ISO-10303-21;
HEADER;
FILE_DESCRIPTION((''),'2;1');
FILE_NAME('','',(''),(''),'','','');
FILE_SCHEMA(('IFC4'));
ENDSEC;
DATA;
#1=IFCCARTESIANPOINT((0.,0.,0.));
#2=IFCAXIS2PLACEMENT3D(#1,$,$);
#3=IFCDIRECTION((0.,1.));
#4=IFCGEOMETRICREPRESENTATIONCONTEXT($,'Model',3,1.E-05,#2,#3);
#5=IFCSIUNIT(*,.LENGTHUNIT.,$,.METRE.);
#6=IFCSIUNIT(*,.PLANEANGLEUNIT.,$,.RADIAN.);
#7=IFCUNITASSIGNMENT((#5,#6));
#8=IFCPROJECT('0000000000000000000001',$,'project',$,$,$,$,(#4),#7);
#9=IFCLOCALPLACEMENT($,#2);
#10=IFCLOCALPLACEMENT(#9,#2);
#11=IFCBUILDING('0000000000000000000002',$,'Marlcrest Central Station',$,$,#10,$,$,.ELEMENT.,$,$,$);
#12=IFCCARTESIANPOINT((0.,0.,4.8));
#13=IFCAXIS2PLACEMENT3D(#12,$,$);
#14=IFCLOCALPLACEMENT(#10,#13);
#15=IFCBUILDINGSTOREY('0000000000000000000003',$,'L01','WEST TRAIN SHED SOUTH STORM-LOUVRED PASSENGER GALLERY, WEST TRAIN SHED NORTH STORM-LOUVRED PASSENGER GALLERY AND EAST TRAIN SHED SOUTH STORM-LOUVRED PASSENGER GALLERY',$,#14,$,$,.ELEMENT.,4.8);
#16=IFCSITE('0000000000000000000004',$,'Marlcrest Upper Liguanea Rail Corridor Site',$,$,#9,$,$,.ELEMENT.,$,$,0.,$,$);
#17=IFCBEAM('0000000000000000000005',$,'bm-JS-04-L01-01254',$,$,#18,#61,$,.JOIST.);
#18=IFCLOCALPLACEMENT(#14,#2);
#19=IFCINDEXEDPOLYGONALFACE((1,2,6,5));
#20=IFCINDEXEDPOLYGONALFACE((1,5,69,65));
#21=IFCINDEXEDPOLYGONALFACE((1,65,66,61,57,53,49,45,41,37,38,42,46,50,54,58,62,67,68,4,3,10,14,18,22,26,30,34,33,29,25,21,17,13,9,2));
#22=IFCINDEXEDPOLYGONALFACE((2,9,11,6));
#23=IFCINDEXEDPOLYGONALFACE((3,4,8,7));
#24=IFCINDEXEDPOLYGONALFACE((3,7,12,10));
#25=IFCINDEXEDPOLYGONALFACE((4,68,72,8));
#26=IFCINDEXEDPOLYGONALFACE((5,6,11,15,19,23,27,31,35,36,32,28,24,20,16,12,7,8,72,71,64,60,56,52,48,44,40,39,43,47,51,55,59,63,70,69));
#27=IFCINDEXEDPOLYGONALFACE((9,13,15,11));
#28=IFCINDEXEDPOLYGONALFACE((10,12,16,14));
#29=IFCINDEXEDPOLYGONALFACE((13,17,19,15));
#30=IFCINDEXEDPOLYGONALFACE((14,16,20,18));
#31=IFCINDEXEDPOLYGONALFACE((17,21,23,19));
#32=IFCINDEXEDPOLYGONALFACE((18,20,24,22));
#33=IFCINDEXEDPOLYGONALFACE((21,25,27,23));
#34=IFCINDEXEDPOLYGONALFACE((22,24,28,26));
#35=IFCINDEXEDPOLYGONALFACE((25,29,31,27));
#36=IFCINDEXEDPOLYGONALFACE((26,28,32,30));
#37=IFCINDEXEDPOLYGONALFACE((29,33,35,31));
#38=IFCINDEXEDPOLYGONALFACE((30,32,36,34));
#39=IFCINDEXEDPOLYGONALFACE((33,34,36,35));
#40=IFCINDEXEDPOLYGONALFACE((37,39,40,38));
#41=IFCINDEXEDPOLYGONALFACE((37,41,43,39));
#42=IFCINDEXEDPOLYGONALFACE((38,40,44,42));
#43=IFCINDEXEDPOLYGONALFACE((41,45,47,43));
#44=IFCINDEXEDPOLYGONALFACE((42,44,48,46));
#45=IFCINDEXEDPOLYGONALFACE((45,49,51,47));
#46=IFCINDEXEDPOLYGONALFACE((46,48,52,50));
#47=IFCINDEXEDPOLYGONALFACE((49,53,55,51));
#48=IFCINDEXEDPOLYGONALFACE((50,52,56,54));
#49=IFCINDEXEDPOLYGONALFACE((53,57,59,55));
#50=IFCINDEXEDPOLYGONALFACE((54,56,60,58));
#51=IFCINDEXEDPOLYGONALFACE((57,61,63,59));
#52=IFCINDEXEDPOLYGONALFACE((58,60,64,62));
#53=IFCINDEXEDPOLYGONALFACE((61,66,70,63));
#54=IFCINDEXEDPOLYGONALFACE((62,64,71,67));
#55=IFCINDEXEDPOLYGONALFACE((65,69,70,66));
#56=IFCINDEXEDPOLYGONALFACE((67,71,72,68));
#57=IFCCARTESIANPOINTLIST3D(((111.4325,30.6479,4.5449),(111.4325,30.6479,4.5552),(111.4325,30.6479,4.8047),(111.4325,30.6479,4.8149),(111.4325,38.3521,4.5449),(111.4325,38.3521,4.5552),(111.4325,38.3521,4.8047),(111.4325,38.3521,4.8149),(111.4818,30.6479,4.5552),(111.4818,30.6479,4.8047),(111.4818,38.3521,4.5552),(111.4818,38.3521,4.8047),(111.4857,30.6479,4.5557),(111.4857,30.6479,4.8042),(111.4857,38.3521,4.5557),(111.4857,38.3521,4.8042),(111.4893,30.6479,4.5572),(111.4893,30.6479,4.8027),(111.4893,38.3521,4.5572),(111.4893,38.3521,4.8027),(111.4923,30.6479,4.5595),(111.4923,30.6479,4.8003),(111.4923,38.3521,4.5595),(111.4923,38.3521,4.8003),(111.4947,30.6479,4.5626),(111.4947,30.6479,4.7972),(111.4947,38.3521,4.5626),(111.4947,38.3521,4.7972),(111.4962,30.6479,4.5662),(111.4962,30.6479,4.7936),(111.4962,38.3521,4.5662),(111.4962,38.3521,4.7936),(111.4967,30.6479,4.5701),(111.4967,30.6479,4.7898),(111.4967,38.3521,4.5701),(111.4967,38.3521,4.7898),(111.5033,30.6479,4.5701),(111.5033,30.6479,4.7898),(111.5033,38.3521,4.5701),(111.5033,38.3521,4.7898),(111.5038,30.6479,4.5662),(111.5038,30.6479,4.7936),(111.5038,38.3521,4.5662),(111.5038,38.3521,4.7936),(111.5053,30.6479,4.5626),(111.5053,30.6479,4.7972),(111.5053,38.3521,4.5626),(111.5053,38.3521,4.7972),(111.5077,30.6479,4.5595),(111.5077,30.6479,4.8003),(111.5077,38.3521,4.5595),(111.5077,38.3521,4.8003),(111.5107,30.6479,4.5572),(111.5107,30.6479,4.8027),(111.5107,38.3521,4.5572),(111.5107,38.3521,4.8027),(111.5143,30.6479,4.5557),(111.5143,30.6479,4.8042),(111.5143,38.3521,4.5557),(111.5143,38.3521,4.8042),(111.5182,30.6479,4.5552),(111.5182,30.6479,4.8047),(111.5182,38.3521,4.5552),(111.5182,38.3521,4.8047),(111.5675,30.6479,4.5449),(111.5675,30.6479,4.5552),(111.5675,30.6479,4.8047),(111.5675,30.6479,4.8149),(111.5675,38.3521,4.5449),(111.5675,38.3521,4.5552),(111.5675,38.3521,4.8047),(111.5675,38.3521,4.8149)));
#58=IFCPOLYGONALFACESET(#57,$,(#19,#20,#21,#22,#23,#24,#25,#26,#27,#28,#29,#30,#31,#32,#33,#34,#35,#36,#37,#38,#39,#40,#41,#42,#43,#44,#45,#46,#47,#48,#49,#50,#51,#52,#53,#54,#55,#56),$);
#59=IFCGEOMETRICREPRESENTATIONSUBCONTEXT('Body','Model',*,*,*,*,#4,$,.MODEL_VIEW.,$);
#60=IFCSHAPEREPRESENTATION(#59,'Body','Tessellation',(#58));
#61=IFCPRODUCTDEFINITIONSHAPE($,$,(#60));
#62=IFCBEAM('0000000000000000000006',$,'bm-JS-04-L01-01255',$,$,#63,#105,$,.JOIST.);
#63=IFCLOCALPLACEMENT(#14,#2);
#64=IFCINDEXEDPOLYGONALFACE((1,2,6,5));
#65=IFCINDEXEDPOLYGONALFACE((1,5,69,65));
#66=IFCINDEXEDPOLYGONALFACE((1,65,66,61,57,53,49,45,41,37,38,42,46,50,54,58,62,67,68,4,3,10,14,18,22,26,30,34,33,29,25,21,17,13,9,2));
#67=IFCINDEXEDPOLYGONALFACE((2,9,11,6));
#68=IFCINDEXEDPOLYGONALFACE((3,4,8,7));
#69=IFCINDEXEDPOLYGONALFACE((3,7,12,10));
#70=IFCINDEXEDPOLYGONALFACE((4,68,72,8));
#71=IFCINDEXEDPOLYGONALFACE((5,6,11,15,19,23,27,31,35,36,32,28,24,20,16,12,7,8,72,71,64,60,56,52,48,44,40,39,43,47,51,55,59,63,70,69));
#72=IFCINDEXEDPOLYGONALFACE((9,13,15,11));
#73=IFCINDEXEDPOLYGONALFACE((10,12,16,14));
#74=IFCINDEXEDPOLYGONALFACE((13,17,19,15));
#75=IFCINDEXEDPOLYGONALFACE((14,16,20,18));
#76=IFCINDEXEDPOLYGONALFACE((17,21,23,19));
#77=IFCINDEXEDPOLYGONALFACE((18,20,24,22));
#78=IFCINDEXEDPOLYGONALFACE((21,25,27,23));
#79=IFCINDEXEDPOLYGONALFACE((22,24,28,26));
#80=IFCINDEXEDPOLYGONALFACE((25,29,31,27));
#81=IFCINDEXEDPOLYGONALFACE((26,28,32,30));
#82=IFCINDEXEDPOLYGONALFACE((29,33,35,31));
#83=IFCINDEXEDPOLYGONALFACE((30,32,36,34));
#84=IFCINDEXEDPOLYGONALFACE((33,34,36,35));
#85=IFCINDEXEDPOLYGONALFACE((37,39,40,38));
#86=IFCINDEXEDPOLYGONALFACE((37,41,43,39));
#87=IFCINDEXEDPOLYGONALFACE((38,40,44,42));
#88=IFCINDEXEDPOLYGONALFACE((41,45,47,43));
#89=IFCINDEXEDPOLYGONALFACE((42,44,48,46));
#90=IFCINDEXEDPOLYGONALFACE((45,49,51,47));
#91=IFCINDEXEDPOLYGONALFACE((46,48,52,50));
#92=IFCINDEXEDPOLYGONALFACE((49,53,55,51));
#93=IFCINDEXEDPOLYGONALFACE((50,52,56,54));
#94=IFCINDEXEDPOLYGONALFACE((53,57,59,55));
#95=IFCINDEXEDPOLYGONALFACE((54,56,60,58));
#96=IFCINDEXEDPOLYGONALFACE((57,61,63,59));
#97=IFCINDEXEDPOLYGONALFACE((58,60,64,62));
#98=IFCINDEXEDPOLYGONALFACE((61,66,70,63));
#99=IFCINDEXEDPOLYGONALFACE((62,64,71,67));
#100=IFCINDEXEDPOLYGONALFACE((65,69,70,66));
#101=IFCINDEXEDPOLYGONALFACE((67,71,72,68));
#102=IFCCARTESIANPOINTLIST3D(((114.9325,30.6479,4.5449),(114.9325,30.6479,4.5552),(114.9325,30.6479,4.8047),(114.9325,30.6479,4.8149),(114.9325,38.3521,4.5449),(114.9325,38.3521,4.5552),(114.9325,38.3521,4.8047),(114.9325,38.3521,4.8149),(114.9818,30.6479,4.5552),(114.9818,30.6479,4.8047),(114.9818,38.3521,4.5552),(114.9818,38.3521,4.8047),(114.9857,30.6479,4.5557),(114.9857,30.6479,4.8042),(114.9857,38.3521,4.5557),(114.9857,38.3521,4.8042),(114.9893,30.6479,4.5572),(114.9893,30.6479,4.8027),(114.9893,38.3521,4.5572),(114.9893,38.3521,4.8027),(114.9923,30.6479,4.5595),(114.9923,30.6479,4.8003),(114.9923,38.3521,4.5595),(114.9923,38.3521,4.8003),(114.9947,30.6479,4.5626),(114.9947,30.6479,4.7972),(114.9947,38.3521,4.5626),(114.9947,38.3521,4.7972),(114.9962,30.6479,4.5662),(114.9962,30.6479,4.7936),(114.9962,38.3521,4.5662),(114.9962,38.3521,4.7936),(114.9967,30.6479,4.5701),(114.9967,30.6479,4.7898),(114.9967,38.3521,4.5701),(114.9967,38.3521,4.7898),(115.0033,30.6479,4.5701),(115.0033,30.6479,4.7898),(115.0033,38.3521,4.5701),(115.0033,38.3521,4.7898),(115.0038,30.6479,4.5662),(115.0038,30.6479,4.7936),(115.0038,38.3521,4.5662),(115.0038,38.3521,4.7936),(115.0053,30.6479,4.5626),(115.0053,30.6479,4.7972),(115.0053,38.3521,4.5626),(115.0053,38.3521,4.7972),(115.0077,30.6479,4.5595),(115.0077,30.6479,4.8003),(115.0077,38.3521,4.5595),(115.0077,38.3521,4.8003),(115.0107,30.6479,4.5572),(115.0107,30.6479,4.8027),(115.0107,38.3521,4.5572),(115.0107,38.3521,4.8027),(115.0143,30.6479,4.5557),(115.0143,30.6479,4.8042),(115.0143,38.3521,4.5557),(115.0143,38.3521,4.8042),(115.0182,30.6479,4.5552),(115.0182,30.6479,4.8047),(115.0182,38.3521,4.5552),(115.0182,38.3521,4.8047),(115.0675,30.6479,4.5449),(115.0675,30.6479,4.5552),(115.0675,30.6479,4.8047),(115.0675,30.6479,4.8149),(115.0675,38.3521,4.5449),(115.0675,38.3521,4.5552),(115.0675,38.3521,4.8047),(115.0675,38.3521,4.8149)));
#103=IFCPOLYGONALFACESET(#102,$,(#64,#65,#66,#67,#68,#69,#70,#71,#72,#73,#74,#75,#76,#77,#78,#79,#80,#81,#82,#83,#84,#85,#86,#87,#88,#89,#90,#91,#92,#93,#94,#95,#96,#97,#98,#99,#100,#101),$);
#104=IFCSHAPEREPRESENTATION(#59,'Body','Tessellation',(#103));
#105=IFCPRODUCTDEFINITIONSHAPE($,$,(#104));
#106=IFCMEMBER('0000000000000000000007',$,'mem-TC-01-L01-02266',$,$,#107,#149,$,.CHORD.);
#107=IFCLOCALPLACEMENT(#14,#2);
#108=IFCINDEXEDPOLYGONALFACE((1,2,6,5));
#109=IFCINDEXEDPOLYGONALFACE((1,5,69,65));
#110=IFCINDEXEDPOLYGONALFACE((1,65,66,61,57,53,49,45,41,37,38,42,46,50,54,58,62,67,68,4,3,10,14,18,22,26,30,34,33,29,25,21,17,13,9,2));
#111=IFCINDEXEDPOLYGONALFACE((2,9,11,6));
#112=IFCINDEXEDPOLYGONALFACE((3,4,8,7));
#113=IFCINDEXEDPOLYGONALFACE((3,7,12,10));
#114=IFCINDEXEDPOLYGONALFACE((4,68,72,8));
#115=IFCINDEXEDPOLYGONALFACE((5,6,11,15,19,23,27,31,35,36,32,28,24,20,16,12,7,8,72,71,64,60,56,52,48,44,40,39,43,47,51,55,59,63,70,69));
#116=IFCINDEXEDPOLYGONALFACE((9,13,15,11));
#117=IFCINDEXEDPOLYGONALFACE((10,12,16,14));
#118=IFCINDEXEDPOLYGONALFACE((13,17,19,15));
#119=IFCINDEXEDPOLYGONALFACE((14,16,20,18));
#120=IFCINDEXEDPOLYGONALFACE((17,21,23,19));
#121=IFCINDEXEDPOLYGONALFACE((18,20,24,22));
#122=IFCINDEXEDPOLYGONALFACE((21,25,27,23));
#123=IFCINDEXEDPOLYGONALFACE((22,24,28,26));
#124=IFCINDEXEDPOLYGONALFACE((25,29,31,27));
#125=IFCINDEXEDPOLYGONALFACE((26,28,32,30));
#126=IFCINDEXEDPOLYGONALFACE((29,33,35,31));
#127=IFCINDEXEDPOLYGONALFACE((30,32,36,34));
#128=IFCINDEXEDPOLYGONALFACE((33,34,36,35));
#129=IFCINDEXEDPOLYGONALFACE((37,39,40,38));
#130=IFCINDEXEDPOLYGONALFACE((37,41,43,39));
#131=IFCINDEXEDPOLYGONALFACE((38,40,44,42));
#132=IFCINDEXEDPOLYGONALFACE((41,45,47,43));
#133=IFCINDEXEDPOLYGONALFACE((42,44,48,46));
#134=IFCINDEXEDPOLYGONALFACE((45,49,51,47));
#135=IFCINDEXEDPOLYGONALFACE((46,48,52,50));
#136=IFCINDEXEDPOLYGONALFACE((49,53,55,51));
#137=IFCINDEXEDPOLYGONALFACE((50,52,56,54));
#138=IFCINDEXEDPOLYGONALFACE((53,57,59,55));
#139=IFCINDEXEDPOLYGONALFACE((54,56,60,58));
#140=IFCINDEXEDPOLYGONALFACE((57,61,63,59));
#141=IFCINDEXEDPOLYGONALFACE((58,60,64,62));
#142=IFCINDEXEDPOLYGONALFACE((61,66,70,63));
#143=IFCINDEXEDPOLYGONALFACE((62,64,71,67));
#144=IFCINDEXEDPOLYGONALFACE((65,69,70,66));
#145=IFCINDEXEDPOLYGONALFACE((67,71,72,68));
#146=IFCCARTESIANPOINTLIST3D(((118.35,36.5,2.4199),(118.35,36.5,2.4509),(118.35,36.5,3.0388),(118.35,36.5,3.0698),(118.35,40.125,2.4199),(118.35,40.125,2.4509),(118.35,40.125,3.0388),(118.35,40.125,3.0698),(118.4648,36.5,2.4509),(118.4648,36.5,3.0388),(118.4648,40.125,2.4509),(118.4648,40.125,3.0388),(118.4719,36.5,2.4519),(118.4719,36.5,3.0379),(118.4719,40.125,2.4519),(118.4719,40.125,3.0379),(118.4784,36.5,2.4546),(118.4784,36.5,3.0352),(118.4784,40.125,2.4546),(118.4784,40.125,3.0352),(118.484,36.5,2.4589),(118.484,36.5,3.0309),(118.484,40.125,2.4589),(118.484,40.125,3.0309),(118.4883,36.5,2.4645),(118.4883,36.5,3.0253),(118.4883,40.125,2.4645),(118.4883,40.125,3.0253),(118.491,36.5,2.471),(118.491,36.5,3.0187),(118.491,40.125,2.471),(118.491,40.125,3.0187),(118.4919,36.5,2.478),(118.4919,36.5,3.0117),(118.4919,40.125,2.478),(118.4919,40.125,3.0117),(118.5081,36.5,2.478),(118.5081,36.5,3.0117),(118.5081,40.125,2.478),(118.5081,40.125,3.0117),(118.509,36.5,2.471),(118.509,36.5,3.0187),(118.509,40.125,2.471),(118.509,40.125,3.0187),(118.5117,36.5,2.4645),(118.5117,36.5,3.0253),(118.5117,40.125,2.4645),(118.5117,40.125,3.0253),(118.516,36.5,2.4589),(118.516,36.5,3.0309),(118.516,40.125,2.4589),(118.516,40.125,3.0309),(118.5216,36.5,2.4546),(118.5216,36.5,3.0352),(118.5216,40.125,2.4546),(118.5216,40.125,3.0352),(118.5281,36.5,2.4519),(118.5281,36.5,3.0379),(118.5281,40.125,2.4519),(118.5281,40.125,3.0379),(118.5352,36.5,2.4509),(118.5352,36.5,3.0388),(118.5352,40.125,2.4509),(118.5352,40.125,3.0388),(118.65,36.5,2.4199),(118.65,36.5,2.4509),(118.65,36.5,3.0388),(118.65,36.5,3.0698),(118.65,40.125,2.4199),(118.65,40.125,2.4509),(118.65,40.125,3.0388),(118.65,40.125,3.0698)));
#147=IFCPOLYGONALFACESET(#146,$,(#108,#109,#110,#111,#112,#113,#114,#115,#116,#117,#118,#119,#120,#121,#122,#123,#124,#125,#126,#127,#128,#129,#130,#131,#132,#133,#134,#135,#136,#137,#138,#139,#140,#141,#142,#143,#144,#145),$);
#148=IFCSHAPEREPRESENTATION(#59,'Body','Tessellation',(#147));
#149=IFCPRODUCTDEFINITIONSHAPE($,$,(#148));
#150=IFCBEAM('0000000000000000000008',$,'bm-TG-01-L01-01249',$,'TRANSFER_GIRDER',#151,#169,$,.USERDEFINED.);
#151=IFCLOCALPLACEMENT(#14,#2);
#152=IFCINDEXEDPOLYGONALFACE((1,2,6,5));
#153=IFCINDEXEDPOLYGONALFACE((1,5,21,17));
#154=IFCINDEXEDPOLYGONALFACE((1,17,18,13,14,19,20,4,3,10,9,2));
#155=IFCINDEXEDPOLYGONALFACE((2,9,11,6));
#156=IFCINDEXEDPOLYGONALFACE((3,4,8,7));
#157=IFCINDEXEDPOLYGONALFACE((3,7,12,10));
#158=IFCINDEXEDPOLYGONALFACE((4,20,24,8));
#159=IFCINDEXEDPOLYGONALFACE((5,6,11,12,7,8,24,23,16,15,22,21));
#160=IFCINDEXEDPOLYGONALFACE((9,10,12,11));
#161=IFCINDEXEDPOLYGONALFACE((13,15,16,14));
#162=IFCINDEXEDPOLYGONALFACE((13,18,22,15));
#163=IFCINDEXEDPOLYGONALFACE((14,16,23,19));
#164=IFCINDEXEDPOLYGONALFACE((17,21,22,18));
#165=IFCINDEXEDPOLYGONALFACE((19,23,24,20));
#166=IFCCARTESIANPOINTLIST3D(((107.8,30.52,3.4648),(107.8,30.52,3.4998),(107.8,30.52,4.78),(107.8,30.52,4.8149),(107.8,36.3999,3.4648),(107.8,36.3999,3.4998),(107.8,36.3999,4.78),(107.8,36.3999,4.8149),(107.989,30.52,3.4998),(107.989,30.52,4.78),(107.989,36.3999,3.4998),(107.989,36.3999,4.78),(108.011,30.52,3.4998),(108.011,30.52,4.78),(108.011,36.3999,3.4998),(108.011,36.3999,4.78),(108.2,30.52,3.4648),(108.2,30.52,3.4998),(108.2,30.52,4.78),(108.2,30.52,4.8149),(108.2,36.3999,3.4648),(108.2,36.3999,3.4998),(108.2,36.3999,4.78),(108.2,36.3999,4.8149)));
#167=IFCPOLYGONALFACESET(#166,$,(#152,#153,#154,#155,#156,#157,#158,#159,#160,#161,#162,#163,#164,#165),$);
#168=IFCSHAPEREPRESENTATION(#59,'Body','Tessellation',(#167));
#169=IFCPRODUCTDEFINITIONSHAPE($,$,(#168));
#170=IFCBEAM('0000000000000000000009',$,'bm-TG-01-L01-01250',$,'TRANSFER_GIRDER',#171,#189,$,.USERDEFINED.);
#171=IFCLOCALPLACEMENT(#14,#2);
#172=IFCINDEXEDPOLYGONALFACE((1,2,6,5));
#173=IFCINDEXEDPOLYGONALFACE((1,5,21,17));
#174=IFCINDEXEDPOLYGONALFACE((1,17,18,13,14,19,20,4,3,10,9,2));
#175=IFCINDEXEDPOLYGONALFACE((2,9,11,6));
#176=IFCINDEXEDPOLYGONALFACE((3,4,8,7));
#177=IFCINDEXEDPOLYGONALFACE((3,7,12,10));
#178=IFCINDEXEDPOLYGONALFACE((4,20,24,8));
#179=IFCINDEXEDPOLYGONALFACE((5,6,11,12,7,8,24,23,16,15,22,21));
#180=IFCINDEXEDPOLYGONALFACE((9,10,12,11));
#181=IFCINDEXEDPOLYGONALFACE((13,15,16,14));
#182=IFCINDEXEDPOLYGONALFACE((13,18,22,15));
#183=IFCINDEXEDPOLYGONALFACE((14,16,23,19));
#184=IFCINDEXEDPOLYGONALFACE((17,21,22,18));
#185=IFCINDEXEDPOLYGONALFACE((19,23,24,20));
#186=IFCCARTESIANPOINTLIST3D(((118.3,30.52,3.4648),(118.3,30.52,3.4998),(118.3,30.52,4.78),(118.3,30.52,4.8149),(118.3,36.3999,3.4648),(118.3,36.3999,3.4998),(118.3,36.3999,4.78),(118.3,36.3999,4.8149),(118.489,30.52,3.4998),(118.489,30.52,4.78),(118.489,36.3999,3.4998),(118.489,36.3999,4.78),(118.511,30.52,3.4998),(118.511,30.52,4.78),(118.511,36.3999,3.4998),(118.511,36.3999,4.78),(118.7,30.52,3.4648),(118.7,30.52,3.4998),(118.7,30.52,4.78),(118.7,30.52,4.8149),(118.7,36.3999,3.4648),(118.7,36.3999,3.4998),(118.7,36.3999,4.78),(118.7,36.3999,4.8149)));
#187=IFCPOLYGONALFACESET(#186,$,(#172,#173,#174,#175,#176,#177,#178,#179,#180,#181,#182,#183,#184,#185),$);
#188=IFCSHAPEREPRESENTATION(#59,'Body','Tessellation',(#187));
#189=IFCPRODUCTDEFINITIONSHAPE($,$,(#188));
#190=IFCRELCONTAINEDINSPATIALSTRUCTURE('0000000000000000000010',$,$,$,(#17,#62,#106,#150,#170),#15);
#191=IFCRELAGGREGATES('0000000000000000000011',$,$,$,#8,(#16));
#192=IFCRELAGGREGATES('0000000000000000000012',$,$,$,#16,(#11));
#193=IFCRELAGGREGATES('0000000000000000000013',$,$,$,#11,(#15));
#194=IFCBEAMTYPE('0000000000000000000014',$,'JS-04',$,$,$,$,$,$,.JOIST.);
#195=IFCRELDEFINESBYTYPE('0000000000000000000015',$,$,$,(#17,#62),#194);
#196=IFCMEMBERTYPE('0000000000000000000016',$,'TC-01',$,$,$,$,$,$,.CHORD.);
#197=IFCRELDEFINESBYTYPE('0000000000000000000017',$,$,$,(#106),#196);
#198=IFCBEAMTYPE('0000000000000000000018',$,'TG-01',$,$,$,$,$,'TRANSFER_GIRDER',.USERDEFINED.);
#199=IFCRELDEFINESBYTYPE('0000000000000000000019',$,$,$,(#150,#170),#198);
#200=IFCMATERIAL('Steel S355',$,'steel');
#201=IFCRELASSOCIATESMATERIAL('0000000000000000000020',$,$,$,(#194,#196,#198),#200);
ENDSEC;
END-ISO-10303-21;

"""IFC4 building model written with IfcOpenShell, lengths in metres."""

from ifc_helpers import new_model, si_unit, direction, frame, origin, origin_2d, place, context, subcontext, project, spatial, i_section, extrude, material, material_profile, profile_set, type_object, element, save


model = new_model("IFC4")

# Units and contexts
model_context = context("Model", 3, precision=1e-05, world=origin(), true_north=direction((0.0, 1.0)))
body_context = subcontext(model_context, "Body", "Model", "MODEL_VIEW")
ifc_project = project(units=[si_unit("LENGTHUNIT", "METRE"), si_unit("PLANEANGLEUNIT", "RADIAN")], contexts=[model_context])

# Site, building, storey
site_placement = place(None, origin())
site = spatial("IfcSite", under=ifc_project, at=site_placement, Name="Marlcrest Upper Liguanea Rail Corridor Site", CompositionType="ELEMENT", RefElevation=0.0)
building_placement = place(site_placement, origin())
building = spatial("IfcBuilding", under=site, at=building_placement, Name="Marlcrest Central Station", CompositionType="ELEMENT")
storey_placement = place(building_placement, frame((0.0, 0.0, 4.8)))
storey = spatial("IfcBuildingStorey", under=building, at=storey_placement, Name="L01", Description="WEST TRAIN SHED SOUTH STORM-LOUVRED PASSENGER GALLERY, WEST TRAIN SHED NORTH STORM-LOUVRED PASSENGER GALLERY AND EAST TRAIN SHED SOUTH STORM-LOUVRED PASSENGER GALLERY", CompositionType="ELEMENT", Elevation=4.8)

# Shared definitions
ifc_material_1 = material(Name="Steel S355", Category="steel")

# Beams
ifc_material_profile_1 = material_profile(ifc_material_1, i_section(OverallWidth=0.135, OverallDepth=0.27, WebThickness=0.0066, FlangeThickness=0.0103, FilletRadius=0.0149, at=origin_2d()), Name="IPE 270")
ifc_profile_set_1 = profile_set([ifc_material_profile_1], Name="Steel S355")
beam_type_1 = type_object("IfcBeamType", Name="JS-04", PredefinedType="JOIST", material=ifc_profile_set_1)
for number, where, z_axis, x_axis, name in (
    (1, (111.5, 30.6479, 4.6799), (0.0, 1.0, 0.0), (-1.0, 0.0, 0.0), "bm-JS-04-L01-01254"),
    (2, (115.0, 30.6479, 4.6799), (0.0, 1.0, 0.0), (-1.0, 0.0, 0.0), "bm-JS-04-L01-01255"),
):
    element("IfcBeam", number, at=place(storey_placement, frame(where, z_axis=z_axis, x_axis=x_axis)), inside=storey, type_object=beam_type_1, Name=name, PredefinedType="JOIST", context=body_context, shape_type="SweptSolid", body=[
        extrude(i_section(OverallWidth=0.135, OverallDepth=0.27, WebThickness=0.0066, FlangeThickness=0.0103, FilletRadius=0.0149, at=origin_2d()), origin(), (0.0, 0.0, 1.0), 7.7041),
    ])

# Member
ifc_material_profile_2 = material_profile(ifc_material_1, i_section(OverallWidth=0.3, OverallDepth=0.6499, WebThickness=0.0161, FlangeThickness=0.031, FilletRadius=0.0271, at=origin_2d()), Name="HEB 650")
ifc_profile_set_2 = profile_set([ifc_material_profile_2], Name="Steel S355")
member_type_1 = type_object("IfcMemberType", Name="TC-01", PredefinedType="CHORD", material=ifc_profile_set_2)
member_1_placement = place(storey_placement, frame((118.5, 36.5, 2.7449), z_axis=(0.0, 1.0, 0.0), x_axis=(-1.0, 0.0, 0.0)))
element("IfcMember", 3, at=member_1_placement, inside=storey, type_object=member_type_1, Name="mem-TC-01-L01-02266", PredefinedType="CHORD", context=body_context, shape_type="SweptSolid", body=[
    extrude(i_section(OverallWidth=0.3, OverallDepth=0.6499, WebThickness=0.0161, FlangeThickness=0.031, FilletRadius=0.0271, at=origin_2d()), origin(), (0.0, 0.0, 1.0), 3.625),
])

# Beams
ifc_material_profile_3 = material_profile(ifc_material_1, i_section(OverallWidth=0.3999, OverallDepth=1.3501, WebThickness=0.022, FlangeThickness=0.0349, at=origin_2d()), Name="PG 1350x400")
ifc_profile_set_3 = profile_set([ifc_material_profile_3], Name="Steel S355")
beam_type_2 = type_object("IfcBeamType", Name="TG-01", ElementType="TRANSFER_GIRDER", PredefinedType="USERDEFINED", material=ifc_profile_set_3)
for number, where, z_axis, x_axis, name in (
    (4, (108.0, 30.52, 4.1399), (0.0, 1.0, 0.0), (-1.0, 0.0, 0.0), "bm-TG-01-L01-01249"),
    (5, (118.5, 30.52, 4.1399), (0.0, 1.0, 0.0), (-1.0, 0.0, 0.0), "bm-TG-01-L01-01250"),
):
    element("IfcBeam", number, at=place(storey_placement, frame(where, z_axis=z_axis, x_axis=x_axis)), inside=storey, type_object=beam_type_2, Name=name, ObjectType="TRANSFER_GIRDER", PredefinedType="USERDEFINED", context=body_context, shape_type="SweptSolid", body=[
        extrude(i_section(OverallWidth=0.3999, OverallDepth=1.3501, WebThickness=0.022, FlangeThickness=0.0349, at=origin_2d()), origin(), (0.0, 0.0, 1.0), 5.8799),
    ])

save(model, "model.ifc")
